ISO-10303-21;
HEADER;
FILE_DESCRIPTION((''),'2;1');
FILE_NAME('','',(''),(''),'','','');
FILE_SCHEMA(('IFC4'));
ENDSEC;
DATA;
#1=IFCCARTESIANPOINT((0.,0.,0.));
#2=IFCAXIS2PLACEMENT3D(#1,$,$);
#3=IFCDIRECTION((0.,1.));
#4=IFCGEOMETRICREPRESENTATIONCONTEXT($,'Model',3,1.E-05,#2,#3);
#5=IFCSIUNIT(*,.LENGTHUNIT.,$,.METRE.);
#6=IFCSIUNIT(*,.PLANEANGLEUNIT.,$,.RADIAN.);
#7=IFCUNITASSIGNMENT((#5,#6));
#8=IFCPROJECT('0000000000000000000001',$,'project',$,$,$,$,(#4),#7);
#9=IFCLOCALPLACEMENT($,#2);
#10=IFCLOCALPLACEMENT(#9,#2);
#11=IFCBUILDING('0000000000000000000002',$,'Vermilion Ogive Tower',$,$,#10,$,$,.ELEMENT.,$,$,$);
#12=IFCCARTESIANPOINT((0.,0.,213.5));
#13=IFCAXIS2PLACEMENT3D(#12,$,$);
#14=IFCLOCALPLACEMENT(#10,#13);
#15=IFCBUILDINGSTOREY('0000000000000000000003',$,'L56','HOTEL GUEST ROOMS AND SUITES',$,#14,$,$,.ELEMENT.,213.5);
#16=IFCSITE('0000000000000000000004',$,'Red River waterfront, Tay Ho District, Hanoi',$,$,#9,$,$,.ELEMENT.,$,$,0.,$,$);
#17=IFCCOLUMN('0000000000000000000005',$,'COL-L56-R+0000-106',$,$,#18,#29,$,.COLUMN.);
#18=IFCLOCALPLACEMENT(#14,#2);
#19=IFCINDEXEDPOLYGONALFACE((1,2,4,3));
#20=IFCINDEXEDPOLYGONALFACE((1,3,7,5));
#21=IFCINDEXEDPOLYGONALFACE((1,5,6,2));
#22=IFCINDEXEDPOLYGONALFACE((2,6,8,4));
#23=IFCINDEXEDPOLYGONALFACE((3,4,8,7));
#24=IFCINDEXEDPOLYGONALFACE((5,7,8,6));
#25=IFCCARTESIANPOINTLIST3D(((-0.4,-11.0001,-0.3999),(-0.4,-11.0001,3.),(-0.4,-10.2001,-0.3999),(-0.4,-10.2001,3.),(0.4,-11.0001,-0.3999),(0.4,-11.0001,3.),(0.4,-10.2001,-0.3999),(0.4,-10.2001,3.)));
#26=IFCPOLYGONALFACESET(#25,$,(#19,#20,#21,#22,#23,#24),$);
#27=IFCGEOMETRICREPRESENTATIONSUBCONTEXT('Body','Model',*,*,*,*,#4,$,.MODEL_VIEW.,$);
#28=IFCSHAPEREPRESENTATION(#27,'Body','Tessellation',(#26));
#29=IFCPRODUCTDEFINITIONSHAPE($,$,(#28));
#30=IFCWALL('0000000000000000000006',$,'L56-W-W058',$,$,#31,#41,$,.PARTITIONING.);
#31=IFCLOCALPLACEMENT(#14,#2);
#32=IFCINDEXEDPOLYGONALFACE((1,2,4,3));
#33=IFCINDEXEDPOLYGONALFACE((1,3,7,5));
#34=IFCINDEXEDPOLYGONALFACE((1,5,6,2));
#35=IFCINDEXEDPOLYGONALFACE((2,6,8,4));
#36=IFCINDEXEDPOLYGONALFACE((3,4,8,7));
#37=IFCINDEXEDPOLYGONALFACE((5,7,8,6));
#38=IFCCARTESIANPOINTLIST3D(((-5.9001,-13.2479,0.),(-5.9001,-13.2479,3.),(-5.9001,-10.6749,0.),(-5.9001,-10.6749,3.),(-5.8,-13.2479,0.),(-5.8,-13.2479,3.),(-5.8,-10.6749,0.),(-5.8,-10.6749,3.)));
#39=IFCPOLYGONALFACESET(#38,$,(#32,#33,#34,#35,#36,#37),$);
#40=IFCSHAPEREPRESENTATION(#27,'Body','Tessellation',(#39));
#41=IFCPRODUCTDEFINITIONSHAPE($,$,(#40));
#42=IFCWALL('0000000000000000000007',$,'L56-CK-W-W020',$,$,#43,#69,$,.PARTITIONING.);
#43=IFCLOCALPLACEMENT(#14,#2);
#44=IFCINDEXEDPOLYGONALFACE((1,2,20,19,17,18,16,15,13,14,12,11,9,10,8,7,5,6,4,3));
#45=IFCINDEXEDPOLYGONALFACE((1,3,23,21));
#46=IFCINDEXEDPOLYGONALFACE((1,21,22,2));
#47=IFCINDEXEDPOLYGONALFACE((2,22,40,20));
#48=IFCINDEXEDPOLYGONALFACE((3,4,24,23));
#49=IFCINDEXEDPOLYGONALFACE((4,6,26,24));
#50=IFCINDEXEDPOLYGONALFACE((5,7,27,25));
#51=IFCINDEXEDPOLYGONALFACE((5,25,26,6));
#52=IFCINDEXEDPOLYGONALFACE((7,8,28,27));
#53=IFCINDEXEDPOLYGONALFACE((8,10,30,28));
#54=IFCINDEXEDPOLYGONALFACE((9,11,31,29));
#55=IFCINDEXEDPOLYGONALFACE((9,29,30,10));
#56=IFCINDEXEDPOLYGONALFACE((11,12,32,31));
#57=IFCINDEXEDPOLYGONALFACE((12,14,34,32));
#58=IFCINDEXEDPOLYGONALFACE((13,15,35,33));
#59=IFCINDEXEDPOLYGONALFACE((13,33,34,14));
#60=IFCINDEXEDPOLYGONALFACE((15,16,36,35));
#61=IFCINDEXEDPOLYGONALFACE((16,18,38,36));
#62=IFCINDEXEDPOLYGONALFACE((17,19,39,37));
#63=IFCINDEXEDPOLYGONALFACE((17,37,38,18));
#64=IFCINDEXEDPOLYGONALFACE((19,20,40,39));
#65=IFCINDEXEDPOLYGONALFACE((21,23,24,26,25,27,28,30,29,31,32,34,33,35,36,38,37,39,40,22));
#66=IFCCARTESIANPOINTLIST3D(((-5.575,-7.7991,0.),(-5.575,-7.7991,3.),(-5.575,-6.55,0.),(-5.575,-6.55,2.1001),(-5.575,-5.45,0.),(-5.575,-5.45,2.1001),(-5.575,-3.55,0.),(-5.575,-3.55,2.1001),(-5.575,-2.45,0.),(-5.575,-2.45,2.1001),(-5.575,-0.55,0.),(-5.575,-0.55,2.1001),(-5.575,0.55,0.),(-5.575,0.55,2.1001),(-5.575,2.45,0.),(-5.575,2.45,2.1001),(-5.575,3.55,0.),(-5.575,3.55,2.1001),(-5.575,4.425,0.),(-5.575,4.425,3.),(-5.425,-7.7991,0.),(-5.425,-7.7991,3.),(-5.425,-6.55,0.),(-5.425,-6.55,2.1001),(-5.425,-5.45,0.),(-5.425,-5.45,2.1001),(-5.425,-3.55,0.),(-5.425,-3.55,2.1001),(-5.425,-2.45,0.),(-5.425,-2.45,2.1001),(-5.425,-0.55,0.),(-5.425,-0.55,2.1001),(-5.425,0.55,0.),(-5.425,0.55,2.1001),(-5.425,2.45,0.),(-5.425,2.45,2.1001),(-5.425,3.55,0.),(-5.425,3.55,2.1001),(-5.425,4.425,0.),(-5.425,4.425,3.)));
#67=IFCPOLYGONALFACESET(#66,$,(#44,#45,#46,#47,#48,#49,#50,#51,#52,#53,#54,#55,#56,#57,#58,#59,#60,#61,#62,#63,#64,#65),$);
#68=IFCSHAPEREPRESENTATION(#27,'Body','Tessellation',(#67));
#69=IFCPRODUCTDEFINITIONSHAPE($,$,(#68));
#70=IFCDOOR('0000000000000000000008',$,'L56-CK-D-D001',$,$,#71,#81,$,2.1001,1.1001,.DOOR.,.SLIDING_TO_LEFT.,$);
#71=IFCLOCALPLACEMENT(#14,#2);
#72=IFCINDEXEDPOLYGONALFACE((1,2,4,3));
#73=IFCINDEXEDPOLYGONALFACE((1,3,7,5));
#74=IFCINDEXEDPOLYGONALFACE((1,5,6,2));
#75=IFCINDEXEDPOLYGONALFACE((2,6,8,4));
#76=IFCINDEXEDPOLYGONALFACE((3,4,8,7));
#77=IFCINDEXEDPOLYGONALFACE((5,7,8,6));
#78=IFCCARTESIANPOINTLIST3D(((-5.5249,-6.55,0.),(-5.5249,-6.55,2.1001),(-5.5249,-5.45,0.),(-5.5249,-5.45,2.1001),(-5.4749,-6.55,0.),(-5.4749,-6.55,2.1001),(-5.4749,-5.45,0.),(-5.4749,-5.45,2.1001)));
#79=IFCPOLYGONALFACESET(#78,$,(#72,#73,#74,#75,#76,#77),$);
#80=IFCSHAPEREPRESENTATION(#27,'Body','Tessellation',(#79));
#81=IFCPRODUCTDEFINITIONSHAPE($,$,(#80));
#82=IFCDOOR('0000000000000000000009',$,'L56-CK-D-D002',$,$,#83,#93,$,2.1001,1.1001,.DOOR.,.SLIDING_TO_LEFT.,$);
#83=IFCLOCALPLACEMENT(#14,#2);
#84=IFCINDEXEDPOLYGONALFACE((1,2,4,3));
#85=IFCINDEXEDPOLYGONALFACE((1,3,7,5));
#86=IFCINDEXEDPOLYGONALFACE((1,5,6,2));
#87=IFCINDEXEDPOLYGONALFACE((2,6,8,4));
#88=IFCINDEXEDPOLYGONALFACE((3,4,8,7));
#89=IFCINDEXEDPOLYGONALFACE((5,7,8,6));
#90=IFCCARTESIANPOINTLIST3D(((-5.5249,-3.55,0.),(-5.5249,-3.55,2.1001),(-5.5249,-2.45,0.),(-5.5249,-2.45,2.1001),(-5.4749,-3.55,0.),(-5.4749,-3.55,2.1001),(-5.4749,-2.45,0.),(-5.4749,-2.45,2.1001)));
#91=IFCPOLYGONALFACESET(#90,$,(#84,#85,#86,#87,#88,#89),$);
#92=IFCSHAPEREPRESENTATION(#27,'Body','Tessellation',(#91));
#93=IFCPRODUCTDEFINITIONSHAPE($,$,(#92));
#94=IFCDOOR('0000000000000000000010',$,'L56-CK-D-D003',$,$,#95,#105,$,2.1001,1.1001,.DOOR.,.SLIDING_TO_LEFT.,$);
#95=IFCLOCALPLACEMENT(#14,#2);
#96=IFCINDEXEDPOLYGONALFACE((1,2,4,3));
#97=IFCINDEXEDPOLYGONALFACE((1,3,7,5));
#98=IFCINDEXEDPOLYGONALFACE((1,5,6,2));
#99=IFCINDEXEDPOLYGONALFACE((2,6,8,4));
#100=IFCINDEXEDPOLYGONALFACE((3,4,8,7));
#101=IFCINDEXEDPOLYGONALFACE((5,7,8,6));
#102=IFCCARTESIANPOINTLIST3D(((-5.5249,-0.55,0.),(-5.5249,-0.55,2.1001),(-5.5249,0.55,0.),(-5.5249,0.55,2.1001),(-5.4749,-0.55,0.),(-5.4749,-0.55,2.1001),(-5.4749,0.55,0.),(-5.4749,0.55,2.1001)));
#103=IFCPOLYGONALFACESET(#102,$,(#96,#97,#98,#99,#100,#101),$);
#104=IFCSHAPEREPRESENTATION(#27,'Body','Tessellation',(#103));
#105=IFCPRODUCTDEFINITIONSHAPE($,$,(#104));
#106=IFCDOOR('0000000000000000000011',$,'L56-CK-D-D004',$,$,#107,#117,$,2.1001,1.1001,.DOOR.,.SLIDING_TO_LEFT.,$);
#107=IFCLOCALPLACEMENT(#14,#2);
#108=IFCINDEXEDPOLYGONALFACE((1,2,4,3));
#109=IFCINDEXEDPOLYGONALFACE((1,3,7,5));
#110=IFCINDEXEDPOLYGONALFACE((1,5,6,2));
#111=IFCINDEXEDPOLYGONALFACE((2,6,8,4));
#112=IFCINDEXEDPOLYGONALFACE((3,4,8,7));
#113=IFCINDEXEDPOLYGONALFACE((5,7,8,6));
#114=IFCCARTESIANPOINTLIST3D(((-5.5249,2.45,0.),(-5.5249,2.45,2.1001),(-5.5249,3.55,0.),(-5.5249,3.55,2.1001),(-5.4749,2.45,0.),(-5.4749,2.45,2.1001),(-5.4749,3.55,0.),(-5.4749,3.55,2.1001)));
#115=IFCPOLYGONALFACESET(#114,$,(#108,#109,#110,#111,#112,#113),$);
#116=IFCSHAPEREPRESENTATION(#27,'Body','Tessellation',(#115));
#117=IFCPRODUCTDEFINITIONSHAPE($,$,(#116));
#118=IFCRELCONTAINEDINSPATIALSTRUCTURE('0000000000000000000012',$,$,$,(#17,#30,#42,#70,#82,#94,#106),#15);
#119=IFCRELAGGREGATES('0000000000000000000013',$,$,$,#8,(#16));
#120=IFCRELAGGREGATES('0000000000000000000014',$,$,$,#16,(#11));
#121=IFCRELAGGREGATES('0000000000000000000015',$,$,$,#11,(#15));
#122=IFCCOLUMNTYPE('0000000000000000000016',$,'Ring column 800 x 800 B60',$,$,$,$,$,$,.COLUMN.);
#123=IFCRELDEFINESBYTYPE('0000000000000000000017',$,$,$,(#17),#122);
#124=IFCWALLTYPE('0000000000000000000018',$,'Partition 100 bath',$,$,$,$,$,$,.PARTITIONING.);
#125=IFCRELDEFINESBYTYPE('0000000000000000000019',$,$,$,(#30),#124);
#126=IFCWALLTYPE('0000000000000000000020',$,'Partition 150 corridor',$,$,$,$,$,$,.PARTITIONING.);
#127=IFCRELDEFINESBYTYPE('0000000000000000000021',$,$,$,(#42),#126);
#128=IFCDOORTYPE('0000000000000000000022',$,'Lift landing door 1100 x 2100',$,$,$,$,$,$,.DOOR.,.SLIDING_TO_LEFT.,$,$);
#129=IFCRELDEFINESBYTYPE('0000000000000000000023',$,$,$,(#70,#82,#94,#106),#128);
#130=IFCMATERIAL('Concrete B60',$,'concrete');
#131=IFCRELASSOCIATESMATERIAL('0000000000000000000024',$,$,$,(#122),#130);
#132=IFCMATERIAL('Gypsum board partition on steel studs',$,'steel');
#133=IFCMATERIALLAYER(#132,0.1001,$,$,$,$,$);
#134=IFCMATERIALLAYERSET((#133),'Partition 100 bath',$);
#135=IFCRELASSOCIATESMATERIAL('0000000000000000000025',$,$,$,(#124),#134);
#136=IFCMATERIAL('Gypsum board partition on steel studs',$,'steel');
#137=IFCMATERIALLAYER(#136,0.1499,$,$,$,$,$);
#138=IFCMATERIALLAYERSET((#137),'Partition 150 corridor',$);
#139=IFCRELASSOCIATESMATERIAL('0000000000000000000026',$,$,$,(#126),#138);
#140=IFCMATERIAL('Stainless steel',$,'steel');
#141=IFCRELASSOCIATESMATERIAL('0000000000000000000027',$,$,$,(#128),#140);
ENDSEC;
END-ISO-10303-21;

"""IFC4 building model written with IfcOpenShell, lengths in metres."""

from ifc_helpers import new_model, si_unit, direction, frame, frame_2d, origin, origin_2d, place, context, subcontext, project, spatial, rectangle, extrude, material, layer, layer_set, material_profile, profile_set, type_object, element, fill, save


model = new_model("IFC4")

# Units and contexts
model_context = context("Model", 3, precision=1e-05, world=origin(), true_north=direction((0.0, 1.0)))
body_context = subcontext(model_context, "Body", "Model", "MODEL_VIEW")
ifc_project = project(units=[si_unit("LENGTHUNIT", "METRE"), si_unit("PLANEANGLEUNIT", "RADIAN")], contexts=[model_context])

# Site, building, storey
site_placement = place(None, origin())
site = spatial("IfcSite", under=ifc_project, at=site_placement, Name="Red River waterfront, Tay Ho District, Hanoi", CompositionType="ELEMENT", RefElevation=0.0)
building_placement = place(site_placement, origin())
building = spatial("IfcBuilding", under=site, at=building_placement, Name="Vermilion Ogive Tower", CompositionType="ELEMENT")
storey_placement = place(building_placement, frame((0.0, 0.0, 213.5)))
storey = spatial("IfcBuildingStorey", under=building, at=storey_placement, Name="L56", Description="HOTEL GUEST ROOMS AND SUITES", CompositionType="ELEMENT", Elevation=213.5)

# Column
ifc_material_1 = material(Name="Concrete B60", Category="concrete")
ifc_material_profile = material_profile(ifc_material_1, rectangle(XDim=0.8, YDim=0.8, at=origin_2d()), Name="800 x 800")
ifc_profile_set = profile_set([ifc_material_profile], Name="Concrete B60")
column_type = type_object("IfcColumnType", Name="Ring column 800 x 800 B60", PredefinedType="COLUMN", material=ifc_profile_set)
column_placement = place(storey_placement, frame((0.0, -10.6001, -0.3999), z_axis=(0.0, 0.0, 1.0), x_axis=(1.0, 0.0, 0.0)))
element("IfcColumn", 1, at=column_placement, inside=storey, type_object=column_type, Name="COL-L56-R+0000-106", PredefinedType="COLUMN", context=body_context, shape_type="SweptSolid", body=[
    extrude(rectangle(XDim=0.8, YDim=0.8, at=origin_2d()), origin(), (0.0, 0.0, 1.0), 3.3999),
])

# Wall
ifc_material_2 = material(Name="Gypsum board partition on steel studs", Category="steel")
ifc_layer_1 = layer(ifc_material_2, 0.1001)
ifc_layer_set_1 = layer_set([ifc_layer_1], Name="Partition 100 bath")
wall_type_1 = type_object("IfcWallType", Name="Partition 100 bath", PredefinedType="PARTITIONING", material=ifc_layer_set_1)
wall_1_placement = place(storey_placement, frame((-5.8501, -13.248, 0.0), z_axis=(0.0, 0.0, 1.0), x_axis=(0.0, 1.0, 0.0)))
element("IfcWall", 2, at=wall_1_placement, inside=storey, type_object=wall_type_1, Name="L56-W-W058", PredefinedType="PARTITIONING", context=body_context, shape_type="SweptSolid", body=[
    extrude(rectangle(XDim=2.573, YDim=0.1001, at=frame_2d((1.2866, 0.0))), origin(), (0.0, 0.0, 1.0), 3.0),
])

# Wall, openings, doors
ifc_material_3 = material(Name="Gypsum board partition on steel studs", Category="steel")
ifc_layer_2 = layer(ifc_material_3, 0.1499)
ifc_layer_set_2 = layer_set([ifc_layer_2], Name="Partition 150 corridor")
wall_type_2 = type_object("IfcWallType", Name="Partition 150 corridor", PredefinedType="PARTITIONING", material=ifc_layer_set_2)
wall_2_placement = place(storey_placement, frame((-5.5, -7.7991, 0.0), z_axis=(0.0, 0.0, 1.0), x_axis=(0.0, 1.0, 0.0)))
wall_2 = element("IfcWall", 3, at=wall_2_placement, inside=storey, type_object=wall_type_2, Name="L56-CK-W-W020", PredefinedType="PARTITIONING", context=body_context, shape_type="SweptSolid", body=[
    extrude(rectangle(XDim=12.2241, YDim=0.1499, at=frame_2d((6.1121, 0.0))), origin(), (0.0, 0.0, 1.0), 3.0),
])
opening_1_placement = place(wall_2_placement, frame((1.249, 0.0, 0.0)))
opening_1 = element("IfcOpeningElement", 4, at=opening_1_placement, cuts=wall_2, PredefinedType="OPENING", context=body_context, shape_type="SweptSolid", body=[
    extrude(rectangle(XDim=1.1001, YDim=2.1001, at=frame_2d((0.55, 1.05))), frame((0.0, 0.085, 0.0), z_axis=(0.0, -1.0, 0.0), x_axis=(1.0, 0.0, 0.0)), (0.0, 0.0, 1.0), 0.1699),
])
opening_2_placement = place(wall_2_placement, frame((4.249, 0.0, 0.0)))
opening_2 = element("IfcOpeningElement", 5, at=opening_2_placement, cuts=wall_2, PredefinedType="OPENING", context=body_context, shape_type="SweptSolid", body=[
    extrude(rectangle(XDim=1.1001, YDim=2.1001, at=frame_2d((0.55, 1.05))), frame((0.0, 0.085, 0.0), z_axis=(0.0, -1.0, 0.0), x_axis=(1.0, 0.0, 0.0)), (0.0, 0.0, 1.0), 0.1699),
])
opening_3_placement = place(wall_2_placement, frame((7.249, 0.0, 0.0)))
opening_3 = element("IfcOpeningElement", 6, at=opening_3_placement, cuts=wall_2, PredefinedType="OPENING", context=body_context, shape_type="SweptSolid", body=[
    extrude(rectangle(XDim=1.1001, YDim=2.1001, at=frame_2d((0.55, 1.05))), frame((0.0, 0.085, 0.0), z_axis=(0.0, -1.0, 0.0), x_axis=(1.0, 0.0, 0.0)), (0.0, 0.0, 1.0), 0.1699),
])
opening_4_placement = place(wall_2_placement, frame((10.249, 0.0, 0.0)))
opening_4 = element("IfcOpeningElement", 7, at=opening_4_placement, cuts=wall_2, PredefinedType="OPENING", context=body_context, shape_type="SweptSolid", body=[
    extrude(rectangle(XDim=1.1001, YDim=2.1001, at=frame_2d((0.55, 1.05))), frame((0.0, 0.085, 0.0), z_axis=(0.0, -1.0, 0.0), x_axis=(1.0, 0.0, 0.0)), (0.0, 0.0, 1.0), 0.1699),
])
ifc_material_4 = material(Name="Stainless steel", Category="steel")
door_type_1 = type_object("IfcDoorType", Name="Lift landing door 1100 x 2100", OperationType="SLIDING_TO_LEFT", PredefinedType="DOOR", material=ifc_material_4)
door_1_placement = place(opening_1_placement, origin())
door_1 = element("IfcDoor", 8, at=door_1_placement, inside=storey, type_object=door_type_1, Name="L56-CK-D-D001", OperationType="SLIDING_TO_LEFT", OverallHeight=2.1001, OverallWidth=1.1001, PredefinedType="DOOR", context=body_context, shape_type="SweptSolid", body=[
    extrude(rectangle(XDim=1.1001, YDim=2.1001, at=frame_2d((0.55, 1.05))), frame((0.0, 0.0249, 0.0), z_axis=(0.0, -1.0, 0.0), x_axis=(1.0, 0.0, 0.0)), (0.0, 0.0, 1.0), 0.05),
])
fill(opening_1, door_1)
door_2_placement = place(opening_2_placement, origin())
door_2 = element("IfcDoor", 9, at=door_2_placement, inside=storey, type_object=door_type_1, Name="L56-CK-D-D002", OperationType="SLIDING_TO_LEFT", OverallHeight=2.1001, OverallWidth=1.1001, PredefinedType="DOOR", context=body_context, shape_type="SweptSolid", body=[
    extrude(rectangle(XDim=1.1001, YDim=2.1001, at=frame_2d((0.55, 1.05))), frame((0.0, 0.0249, 0.0), z_axis=(0.0, -1.0, 0.0), x_axis=(1.0, 0.0, 0.0)), (0.0, 0.0, 1.0), 0.05),
])
fill(opening_2, door_2)
door_3_placement = place(opening_3_placement, origin())
door_3 = element("IfcDoor", 10, at=door_3_placement, inside=storey, type_object=door_type_1, Name="L56-CK-D-D003", OperationType="SLIDING_TO_LEFT", OverallHeight=2.1001, OverallWidth=1.1001, PredefinedType="DOOR", context=body_context, shape_type="SweptSolid", body=[
    extrude(rectangle(XDim=1.1001, YDim=2.1001, at=frame_2d((0.55, 1.05))), frame((0.0, 0.0249, 0.0), z_axis=(0.0, -1.0, 0.0), x_axis=(1.0, 0.0, 0.0)), (0.0, 0.0, 1.0), 0.05),
])
fill(opening_3, door_3)
door_4_placement = place(opening_4_placement, origin())
door_4 = element("IfcDoor", 11, at=door_4_placement, inside=storey, type_object=door_type_1, Name="L56-CK-D-D004", OperationType="SLIDING_TO_LEFT", OverallHeight=2.1001, OverallWidth=1.1001, PredefinedType="DOOR", context=body_context, shape_type="SweptSolid", body=[
    extrude(rectangle(XDim=1.1001, YDim=2.1001, at=frame_2d((0.55, 1.05))), frame((0.0, 0.0249, 0.0), z_axis=(0.0, -1.0, 0.0), x_axis=(1.0, 0.0, 0.0)), (0.0, 0.0, 1.0), 0.05),
])
fill(opening_4, door_4)

save(model, "model.ifc")
